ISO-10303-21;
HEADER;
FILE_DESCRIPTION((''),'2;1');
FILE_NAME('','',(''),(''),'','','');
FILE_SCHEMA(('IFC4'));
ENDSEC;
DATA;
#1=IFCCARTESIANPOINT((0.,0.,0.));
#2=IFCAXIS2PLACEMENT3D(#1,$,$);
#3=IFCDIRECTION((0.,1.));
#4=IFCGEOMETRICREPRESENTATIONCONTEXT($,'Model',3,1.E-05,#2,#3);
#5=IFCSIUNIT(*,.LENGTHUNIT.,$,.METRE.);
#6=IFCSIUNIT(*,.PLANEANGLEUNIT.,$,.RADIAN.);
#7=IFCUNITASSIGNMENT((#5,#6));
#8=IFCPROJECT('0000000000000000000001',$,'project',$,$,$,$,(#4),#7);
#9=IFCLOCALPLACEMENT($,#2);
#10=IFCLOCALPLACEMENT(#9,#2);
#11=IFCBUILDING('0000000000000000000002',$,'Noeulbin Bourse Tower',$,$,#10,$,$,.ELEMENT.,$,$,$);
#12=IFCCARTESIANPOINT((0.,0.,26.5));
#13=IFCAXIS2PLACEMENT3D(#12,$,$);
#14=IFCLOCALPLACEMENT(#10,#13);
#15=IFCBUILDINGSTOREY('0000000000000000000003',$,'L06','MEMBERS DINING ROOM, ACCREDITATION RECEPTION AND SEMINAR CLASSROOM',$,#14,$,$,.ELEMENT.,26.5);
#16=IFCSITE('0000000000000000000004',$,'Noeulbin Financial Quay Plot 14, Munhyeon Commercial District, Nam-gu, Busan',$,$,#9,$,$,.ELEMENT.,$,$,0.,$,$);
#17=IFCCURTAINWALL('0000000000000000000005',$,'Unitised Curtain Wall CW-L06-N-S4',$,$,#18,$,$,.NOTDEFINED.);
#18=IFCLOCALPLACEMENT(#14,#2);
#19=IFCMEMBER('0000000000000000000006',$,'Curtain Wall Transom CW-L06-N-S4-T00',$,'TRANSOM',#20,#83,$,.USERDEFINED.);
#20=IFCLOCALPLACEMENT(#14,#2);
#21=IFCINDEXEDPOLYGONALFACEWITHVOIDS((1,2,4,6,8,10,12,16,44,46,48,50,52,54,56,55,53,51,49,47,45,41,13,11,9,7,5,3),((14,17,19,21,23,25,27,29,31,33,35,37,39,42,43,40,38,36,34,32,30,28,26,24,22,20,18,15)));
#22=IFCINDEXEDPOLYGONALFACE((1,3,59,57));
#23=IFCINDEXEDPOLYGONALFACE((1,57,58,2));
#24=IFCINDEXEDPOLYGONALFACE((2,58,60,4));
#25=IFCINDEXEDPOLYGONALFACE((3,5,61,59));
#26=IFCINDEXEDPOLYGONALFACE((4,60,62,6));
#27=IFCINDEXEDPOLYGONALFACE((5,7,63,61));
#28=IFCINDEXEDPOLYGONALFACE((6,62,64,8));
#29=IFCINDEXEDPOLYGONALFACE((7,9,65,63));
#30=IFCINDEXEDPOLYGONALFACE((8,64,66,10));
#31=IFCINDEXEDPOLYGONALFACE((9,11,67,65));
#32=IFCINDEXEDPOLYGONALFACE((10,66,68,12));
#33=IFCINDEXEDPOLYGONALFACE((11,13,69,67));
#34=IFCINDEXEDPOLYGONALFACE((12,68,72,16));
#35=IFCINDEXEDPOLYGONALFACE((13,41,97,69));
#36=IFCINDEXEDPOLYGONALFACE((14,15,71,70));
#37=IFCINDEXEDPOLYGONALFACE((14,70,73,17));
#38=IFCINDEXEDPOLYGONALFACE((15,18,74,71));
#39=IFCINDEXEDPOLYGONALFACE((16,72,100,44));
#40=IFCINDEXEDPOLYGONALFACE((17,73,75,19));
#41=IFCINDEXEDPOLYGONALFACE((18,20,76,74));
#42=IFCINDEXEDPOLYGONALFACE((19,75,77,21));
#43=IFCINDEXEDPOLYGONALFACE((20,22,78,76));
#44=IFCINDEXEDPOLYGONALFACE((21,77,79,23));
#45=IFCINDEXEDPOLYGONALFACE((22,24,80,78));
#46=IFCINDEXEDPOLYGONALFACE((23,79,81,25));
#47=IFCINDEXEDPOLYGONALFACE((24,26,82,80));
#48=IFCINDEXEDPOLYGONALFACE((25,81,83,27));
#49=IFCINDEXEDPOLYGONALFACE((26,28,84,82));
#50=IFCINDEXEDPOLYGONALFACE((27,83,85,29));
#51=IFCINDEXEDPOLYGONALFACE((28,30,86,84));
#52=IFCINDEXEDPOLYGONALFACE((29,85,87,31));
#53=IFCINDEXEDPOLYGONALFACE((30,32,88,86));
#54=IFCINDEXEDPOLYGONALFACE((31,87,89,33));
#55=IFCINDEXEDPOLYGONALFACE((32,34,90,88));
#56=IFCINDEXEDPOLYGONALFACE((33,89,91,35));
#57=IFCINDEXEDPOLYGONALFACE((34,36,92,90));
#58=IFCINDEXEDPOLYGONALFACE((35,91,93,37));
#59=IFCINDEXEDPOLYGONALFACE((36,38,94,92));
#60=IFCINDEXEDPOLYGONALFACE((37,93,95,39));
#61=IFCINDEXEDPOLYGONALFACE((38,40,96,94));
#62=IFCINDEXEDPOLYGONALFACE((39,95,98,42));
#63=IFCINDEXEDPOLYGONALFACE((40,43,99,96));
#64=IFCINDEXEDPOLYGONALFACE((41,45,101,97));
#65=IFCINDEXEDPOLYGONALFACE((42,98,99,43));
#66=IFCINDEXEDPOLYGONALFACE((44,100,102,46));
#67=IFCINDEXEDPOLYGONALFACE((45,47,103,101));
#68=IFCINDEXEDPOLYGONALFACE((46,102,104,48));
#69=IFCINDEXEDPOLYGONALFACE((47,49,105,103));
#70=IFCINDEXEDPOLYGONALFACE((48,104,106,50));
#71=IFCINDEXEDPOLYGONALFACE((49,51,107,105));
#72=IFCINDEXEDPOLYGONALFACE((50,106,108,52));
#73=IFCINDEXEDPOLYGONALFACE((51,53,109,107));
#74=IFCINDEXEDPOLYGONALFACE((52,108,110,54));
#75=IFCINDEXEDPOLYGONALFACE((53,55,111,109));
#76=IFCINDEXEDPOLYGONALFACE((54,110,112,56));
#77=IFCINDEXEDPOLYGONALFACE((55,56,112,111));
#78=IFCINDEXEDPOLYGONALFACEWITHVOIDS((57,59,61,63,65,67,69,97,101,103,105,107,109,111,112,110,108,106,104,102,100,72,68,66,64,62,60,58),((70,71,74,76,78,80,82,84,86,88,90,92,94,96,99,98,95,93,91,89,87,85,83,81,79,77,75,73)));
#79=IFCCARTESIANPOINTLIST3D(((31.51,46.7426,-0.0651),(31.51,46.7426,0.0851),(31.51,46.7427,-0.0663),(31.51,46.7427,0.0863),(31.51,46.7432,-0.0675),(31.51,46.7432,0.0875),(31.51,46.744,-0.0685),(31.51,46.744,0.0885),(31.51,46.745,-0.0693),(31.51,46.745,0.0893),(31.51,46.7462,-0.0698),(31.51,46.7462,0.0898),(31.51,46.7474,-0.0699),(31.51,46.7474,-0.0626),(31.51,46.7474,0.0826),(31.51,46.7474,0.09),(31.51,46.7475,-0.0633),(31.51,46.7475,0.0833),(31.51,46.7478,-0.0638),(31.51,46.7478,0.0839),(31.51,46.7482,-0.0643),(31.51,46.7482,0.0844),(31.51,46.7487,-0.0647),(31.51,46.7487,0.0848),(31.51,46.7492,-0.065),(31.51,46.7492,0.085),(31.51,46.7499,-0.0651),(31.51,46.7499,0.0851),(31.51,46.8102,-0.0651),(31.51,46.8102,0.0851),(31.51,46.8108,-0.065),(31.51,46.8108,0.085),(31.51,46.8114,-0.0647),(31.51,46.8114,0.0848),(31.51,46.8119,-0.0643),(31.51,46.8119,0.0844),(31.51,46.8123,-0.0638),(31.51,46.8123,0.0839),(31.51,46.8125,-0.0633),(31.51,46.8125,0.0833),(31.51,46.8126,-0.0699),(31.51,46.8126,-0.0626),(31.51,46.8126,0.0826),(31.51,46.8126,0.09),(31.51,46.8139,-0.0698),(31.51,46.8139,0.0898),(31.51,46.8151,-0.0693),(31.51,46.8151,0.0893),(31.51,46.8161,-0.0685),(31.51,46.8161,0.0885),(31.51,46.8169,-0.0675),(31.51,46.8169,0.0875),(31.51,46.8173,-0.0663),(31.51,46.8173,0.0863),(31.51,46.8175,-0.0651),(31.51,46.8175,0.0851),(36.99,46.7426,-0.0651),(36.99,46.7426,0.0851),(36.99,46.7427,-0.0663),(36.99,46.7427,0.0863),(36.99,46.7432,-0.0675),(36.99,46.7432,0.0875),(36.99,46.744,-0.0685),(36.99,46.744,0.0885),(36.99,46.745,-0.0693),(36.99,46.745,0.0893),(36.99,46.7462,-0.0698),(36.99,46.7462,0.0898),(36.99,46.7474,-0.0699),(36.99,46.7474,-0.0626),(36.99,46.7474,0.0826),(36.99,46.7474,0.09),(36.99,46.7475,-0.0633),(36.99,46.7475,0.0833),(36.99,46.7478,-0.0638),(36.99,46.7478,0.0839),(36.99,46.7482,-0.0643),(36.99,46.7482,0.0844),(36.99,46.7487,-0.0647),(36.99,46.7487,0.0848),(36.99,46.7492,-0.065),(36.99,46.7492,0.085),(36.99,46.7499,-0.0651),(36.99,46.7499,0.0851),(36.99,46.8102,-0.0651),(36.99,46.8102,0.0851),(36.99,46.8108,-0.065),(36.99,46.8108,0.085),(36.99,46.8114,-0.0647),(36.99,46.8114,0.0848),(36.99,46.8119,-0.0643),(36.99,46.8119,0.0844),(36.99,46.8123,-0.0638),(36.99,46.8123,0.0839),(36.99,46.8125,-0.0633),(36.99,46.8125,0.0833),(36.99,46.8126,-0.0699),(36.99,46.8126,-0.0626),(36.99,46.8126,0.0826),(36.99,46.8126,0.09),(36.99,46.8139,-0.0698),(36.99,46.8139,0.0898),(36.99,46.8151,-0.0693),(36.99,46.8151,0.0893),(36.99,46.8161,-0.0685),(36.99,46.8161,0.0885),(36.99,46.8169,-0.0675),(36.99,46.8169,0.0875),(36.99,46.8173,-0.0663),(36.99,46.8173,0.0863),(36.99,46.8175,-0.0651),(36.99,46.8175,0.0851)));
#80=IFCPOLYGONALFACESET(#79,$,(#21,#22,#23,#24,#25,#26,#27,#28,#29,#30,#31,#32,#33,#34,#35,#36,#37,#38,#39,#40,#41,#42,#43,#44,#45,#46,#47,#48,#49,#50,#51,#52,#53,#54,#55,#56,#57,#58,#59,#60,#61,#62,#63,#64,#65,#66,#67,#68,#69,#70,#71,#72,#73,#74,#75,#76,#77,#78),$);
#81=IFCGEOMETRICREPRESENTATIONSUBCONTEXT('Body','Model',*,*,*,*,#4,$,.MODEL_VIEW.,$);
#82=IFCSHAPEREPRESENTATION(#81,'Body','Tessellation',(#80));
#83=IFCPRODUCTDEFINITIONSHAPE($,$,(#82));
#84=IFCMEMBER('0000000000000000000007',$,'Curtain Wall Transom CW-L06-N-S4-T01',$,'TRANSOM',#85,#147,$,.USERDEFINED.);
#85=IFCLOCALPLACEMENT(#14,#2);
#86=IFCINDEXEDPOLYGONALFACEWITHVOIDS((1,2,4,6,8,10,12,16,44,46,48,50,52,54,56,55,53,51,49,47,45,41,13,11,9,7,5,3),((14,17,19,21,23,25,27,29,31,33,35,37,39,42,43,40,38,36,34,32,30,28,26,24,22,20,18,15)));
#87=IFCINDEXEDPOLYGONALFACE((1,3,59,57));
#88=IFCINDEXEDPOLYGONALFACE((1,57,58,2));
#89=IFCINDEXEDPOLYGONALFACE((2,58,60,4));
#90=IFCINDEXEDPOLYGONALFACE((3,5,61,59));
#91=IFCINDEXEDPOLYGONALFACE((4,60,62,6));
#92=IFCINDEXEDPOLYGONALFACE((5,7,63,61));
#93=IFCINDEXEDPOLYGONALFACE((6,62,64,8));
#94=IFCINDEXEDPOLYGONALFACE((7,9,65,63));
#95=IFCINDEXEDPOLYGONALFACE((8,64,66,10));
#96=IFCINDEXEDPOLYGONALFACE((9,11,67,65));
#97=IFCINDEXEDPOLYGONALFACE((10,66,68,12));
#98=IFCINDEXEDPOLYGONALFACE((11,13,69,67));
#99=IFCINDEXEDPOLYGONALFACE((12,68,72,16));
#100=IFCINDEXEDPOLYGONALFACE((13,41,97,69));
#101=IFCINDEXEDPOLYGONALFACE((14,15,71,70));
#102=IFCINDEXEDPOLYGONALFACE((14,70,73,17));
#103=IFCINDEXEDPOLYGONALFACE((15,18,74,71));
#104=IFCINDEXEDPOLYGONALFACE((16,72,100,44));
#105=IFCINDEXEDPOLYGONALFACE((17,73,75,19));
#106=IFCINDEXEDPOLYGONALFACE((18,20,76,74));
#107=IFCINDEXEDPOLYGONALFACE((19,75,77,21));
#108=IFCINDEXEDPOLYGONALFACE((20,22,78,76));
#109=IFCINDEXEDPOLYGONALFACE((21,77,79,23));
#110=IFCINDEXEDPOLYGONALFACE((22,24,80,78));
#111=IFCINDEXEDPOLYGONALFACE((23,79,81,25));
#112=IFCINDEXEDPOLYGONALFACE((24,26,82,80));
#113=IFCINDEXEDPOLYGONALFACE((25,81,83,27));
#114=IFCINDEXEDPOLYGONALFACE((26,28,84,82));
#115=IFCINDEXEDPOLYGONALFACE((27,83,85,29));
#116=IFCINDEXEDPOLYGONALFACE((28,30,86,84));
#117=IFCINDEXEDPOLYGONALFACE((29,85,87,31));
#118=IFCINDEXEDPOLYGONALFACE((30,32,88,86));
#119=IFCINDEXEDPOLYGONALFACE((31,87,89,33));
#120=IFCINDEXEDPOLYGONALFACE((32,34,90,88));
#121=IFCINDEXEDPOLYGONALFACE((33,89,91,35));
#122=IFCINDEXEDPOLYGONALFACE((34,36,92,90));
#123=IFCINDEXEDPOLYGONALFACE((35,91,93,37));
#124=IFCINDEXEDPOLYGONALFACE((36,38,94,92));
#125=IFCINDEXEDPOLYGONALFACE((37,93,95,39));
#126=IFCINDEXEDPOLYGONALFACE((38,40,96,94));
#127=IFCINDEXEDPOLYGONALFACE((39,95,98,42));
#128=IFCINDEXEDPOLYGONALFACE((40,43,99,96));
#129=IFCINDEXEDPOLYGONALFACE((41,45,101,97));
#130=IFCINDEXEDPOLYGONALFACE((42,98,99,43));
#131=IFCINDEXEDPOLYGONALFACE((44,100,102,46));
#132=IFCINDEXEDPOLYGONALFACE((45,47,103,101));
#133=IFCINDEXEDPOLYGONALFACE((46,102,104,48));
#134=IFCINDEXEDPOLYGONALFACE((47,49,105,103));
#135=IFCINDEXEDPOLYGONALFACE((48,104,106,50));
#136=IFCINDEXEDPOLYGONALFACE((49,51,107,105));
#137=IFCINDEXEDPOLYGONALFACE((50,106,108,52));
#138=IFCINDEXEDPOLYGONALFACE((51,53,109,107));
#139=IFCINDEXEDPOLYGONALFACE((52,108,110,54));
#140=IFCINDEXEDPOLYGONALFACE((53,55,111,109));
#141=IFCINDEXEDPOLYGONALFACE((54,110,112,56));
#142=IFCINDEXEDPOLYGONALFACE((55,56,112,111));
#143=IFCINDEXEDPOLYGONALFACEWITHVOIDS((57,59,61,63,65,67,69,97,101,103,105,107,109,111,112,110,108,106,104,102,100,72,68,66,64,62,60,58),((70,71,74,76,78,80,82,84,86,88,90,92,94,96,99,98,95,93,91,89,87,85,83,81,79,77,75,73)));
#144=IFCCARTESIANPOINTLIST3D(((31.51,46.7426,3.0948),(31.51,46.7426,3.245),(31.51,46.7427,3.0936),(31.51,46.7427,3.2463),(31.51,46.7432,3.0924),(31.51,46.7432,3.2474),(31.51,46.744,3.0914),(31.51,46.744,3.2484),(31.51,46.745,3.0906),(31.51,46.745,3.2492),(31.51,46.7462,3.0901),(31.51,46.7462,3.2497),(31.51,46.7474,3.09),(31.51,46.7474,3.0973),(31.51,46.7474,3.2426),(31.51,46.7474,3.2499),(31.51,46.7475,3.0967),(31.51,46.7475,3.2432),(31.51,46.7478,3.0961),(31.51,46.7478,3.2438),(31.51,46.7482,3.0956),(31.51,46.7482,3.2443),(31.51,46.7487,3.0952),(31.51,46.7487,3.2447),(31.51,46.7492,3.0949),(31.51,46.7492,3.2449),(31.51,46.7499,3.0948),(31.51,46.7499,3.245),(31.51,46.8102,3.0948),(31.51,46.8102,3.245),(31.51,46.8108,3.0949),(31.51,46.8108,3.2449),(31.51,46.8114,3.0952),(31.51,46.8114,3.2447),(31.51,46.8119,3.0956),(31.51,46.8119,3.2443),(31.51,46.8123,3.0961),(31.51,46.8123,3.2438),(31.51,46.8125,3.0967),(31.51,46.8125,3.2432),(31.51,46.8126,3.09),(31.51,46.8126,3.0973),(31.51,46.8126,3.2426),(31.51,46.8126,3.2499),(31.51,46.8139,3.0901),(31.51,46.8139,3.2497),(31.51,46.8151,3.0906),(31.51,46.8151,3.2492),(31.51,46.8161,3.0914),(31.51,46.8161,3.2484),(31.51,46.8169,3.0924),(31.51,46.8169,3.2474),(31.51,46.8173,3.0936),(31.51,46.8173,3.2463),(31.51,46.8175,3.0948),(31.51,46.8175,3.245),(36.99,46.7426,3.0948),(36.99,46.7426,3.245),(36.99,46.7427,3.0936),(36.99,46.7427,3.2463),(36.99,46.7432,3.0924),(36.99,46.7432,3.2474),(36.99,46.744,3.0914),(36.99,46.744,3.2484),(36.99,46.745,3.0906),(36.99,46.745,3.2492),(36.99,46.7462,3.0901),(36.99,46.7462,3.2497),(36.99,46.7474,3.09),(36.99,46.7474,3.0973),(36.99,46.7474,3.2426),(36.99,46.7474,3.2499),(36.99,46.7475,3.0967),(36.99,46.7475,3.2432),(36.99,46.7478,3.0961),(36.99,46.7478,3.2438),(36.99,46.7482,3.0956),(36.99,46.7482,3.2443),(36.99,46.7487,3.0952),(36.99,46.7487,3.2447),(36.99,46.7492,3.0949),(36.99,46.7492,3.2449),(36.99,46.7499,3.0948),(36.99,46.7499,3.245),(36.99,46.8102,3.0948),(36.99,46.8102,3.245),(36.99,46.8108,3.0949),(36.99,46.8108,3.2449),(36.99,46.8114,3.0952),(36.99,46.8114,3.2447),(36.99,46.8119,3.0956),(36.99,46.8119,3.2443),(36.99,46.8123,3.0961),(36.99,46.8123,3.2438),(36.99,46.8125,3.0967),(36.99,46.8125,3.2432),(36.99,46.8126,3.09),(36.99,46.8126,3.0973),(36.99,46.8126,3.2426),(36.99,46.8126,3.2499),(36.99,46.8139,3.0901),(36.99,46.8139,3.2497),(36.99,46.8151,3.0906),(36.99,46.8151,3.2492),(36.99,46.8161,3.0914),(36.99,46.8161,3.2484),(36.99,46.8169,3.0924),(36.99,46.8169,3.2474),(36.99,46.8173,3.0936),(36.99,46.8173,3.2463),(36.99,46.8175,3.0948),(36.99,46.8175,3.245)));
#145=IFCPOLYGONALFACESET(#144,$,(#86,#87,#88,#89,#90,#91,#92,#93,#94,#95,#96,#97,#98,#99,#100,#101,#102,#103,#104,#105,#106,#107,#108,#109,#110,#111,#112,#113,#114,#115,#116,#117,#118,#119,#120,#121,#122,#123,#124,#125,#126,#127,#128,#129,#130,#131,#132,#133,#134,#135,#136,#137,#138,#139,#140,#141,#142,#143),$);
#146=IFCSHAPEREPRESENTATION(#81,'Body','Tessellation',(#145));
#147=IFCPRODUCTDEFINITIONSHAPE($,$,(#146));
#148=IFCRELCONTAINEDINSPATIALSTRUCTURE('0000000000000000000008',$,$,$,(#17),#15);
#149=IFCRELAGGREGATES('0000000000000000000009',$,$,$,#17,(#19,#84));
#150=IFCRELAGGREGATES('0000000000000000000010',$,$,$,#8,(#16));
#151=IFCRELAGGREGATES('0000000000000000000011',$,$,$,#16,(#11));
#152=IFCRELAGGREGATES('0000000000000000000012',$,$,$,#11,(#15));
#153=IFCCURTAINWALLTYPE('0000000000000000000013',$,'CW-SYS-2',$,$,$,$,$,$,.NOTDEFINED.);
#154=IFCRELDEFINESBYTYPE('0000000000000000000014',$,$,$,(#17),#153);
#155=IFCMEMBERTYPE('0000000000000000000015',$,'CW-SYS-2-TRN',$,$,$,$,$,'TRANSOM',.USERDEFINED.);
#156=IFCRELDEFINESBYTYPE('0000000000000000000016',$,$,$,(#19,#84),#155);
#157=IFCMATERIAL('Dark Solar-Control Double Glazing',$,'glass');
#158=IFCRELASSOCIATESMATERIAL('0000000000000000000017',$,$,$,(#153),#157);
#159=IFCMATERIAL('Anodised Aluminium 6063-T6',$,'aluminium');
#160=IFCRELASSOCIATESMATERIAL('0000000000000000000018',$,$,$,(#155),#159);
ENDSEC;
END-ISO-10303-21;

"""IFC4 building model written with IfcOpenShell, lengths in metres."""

from ifc_helpers import new_model, si_unit, direction, frame, origin, origin_2d, place, context, subcontext, project, spatial, hollow_rectangle, extrude, material, material_profile, profile_set, type_object, element, aggregate, save


model = new_model("IFC4")

# Units and contexts
model_context = context("Model", 3, precision=1e-05, world=origin(), true_north=direction((0.0, 1.0)))
body_context = subcontext(model_context, "Body", "Model", "MODEL_VIEW")
ifc_project = project(units=[si_unit("LENGTHUNIT", "METRE"), si_unit("PLANEANGLEUNIT", "RADIAN")], contexts=[model_context])

# Site, building, storey
site_placement = place(None, origin())
site = spatial("IfcSite", under=ifc_project, at=site_placement, Name="Noeulbin Financial Quay Plot 14, Munhyeon Commercial District, Nam-gu, Busan", CompositionType="ELEMENT", RefElevation=0.0)
building_placement = place(site_placement, origin())
building = spatial("IfcBuilding", under=site, at=building_placement, Name="Noeulbin Bourse Tower", CompositionType="ELEMENT")
storey_placement = place(building_placement, frame((0.0, 0.0, 26.5)))
storey = spatial("IfcBuildingStorey", under=building, at=storey_placement, Name="L06", Description="MEMBERS DINING ROOM, ACCREDITATION RECEPTION AND SEMINAR CLASSROOM", CompositionType="ELEMENT", Elevation=26.5)

# Shared definitions
ifc_material_1 = material(Name="Dark Solar-Control Double Glazing", Category="glass")
curtain_wall_type = type_object("IfcCurtainWallType", Name="CW-SYS-2", PredefinedType="NOTDEFINED", material=ifc_material_1)
ifc_material_2 = material(Name="Anodised Aluminium 6063-T6", Category="aluminium")

# Curtain wall
curtain_wall_1_placement = place(storey_placement, origin())
curtain_wall_1 = element("IfcCurtainWall", 1, at=curtain_wall_1_placement, inside=storey, type_object=curtain_wall_type, Name="Unitised Curtain Wall CW-L06-N-S4", PredefinedType="NOTDEFINED")

# Members
ifc_material_profile_1 = material_profile(ifc_material_2, hollow_rectangle(XDim=0.075, YDim=0.1599, WallThickness=0.0049, InnerFilletRadius=0.0024, OuterFilletRadius=0.0049, at=origin_2d()), Name="ALU-TRAN-75x160x5", Category="LoadBearing")
ifc_profile_set_1 = profile_set([ifc_material_profile_1], Name="Anodised Aluminium 6063-T6")
member_type_1 = type_object("IfcMemberType", Name="CW-SYS-2-TRN", ElementType="TRANSOM", PredefinedType="USERDEFINED", material=ifc_profile_set_1)
member_1_placement = place(storey_placement, frame((31.51, 46.78, 0.01), z_axis=(1.0, 0.0, 0.0), x_axis=(0.0, 1.0, 0.0)))
member_1 = element("IfcMember", 2, at=member_1_placement, type_object=member_type_1, Name="Curtain Wall Transom CW-L06-N-S4-T00", ObjectType="TRANSOM", PredefinedType="USERDEFINED", context=body_context, shape_type="SweptSolid", body=[
    extrude(hollow_rectangle(XDim=0.075, YDim=0.1599, WallThickness=0.0049, InnerFilletRadius=0.0024, OuterFilletRadius=0.0049, at=origin_2d()), origin(), (0.0, 0.0, 1.0), 5.48),
])
member_2_placement = place(storey_placement, frame((31.51, 46.78, 3.1699), z_axis=(1.0, 0.0, 0.0), x_axis=(0.0, 1.0, 0.0)))
member_2 = element("IfcMember", 3, at=member_2_placement, type_object=member_type_1, Name="Curtain Wall Transom CW-L06-N-S4-T01", ObjectType="TRANSOM", PredefinedType="USERDEFINED", context=body_context, shape_type="SweptSolid", body=[
    extrude(hollow_rectangle(XDim=0.075, YDim=0.1599, WallThickness=0.0049, InnerFilletRadius=0.0024, OuterFilletRadius=0.0049, at=origin_2d()), origin(), (0.0, 0.0, 1.0), 5.48),
])

aggregate(curtain_wall_1, [member_1, member_2])

save(model, "model.ifc")
